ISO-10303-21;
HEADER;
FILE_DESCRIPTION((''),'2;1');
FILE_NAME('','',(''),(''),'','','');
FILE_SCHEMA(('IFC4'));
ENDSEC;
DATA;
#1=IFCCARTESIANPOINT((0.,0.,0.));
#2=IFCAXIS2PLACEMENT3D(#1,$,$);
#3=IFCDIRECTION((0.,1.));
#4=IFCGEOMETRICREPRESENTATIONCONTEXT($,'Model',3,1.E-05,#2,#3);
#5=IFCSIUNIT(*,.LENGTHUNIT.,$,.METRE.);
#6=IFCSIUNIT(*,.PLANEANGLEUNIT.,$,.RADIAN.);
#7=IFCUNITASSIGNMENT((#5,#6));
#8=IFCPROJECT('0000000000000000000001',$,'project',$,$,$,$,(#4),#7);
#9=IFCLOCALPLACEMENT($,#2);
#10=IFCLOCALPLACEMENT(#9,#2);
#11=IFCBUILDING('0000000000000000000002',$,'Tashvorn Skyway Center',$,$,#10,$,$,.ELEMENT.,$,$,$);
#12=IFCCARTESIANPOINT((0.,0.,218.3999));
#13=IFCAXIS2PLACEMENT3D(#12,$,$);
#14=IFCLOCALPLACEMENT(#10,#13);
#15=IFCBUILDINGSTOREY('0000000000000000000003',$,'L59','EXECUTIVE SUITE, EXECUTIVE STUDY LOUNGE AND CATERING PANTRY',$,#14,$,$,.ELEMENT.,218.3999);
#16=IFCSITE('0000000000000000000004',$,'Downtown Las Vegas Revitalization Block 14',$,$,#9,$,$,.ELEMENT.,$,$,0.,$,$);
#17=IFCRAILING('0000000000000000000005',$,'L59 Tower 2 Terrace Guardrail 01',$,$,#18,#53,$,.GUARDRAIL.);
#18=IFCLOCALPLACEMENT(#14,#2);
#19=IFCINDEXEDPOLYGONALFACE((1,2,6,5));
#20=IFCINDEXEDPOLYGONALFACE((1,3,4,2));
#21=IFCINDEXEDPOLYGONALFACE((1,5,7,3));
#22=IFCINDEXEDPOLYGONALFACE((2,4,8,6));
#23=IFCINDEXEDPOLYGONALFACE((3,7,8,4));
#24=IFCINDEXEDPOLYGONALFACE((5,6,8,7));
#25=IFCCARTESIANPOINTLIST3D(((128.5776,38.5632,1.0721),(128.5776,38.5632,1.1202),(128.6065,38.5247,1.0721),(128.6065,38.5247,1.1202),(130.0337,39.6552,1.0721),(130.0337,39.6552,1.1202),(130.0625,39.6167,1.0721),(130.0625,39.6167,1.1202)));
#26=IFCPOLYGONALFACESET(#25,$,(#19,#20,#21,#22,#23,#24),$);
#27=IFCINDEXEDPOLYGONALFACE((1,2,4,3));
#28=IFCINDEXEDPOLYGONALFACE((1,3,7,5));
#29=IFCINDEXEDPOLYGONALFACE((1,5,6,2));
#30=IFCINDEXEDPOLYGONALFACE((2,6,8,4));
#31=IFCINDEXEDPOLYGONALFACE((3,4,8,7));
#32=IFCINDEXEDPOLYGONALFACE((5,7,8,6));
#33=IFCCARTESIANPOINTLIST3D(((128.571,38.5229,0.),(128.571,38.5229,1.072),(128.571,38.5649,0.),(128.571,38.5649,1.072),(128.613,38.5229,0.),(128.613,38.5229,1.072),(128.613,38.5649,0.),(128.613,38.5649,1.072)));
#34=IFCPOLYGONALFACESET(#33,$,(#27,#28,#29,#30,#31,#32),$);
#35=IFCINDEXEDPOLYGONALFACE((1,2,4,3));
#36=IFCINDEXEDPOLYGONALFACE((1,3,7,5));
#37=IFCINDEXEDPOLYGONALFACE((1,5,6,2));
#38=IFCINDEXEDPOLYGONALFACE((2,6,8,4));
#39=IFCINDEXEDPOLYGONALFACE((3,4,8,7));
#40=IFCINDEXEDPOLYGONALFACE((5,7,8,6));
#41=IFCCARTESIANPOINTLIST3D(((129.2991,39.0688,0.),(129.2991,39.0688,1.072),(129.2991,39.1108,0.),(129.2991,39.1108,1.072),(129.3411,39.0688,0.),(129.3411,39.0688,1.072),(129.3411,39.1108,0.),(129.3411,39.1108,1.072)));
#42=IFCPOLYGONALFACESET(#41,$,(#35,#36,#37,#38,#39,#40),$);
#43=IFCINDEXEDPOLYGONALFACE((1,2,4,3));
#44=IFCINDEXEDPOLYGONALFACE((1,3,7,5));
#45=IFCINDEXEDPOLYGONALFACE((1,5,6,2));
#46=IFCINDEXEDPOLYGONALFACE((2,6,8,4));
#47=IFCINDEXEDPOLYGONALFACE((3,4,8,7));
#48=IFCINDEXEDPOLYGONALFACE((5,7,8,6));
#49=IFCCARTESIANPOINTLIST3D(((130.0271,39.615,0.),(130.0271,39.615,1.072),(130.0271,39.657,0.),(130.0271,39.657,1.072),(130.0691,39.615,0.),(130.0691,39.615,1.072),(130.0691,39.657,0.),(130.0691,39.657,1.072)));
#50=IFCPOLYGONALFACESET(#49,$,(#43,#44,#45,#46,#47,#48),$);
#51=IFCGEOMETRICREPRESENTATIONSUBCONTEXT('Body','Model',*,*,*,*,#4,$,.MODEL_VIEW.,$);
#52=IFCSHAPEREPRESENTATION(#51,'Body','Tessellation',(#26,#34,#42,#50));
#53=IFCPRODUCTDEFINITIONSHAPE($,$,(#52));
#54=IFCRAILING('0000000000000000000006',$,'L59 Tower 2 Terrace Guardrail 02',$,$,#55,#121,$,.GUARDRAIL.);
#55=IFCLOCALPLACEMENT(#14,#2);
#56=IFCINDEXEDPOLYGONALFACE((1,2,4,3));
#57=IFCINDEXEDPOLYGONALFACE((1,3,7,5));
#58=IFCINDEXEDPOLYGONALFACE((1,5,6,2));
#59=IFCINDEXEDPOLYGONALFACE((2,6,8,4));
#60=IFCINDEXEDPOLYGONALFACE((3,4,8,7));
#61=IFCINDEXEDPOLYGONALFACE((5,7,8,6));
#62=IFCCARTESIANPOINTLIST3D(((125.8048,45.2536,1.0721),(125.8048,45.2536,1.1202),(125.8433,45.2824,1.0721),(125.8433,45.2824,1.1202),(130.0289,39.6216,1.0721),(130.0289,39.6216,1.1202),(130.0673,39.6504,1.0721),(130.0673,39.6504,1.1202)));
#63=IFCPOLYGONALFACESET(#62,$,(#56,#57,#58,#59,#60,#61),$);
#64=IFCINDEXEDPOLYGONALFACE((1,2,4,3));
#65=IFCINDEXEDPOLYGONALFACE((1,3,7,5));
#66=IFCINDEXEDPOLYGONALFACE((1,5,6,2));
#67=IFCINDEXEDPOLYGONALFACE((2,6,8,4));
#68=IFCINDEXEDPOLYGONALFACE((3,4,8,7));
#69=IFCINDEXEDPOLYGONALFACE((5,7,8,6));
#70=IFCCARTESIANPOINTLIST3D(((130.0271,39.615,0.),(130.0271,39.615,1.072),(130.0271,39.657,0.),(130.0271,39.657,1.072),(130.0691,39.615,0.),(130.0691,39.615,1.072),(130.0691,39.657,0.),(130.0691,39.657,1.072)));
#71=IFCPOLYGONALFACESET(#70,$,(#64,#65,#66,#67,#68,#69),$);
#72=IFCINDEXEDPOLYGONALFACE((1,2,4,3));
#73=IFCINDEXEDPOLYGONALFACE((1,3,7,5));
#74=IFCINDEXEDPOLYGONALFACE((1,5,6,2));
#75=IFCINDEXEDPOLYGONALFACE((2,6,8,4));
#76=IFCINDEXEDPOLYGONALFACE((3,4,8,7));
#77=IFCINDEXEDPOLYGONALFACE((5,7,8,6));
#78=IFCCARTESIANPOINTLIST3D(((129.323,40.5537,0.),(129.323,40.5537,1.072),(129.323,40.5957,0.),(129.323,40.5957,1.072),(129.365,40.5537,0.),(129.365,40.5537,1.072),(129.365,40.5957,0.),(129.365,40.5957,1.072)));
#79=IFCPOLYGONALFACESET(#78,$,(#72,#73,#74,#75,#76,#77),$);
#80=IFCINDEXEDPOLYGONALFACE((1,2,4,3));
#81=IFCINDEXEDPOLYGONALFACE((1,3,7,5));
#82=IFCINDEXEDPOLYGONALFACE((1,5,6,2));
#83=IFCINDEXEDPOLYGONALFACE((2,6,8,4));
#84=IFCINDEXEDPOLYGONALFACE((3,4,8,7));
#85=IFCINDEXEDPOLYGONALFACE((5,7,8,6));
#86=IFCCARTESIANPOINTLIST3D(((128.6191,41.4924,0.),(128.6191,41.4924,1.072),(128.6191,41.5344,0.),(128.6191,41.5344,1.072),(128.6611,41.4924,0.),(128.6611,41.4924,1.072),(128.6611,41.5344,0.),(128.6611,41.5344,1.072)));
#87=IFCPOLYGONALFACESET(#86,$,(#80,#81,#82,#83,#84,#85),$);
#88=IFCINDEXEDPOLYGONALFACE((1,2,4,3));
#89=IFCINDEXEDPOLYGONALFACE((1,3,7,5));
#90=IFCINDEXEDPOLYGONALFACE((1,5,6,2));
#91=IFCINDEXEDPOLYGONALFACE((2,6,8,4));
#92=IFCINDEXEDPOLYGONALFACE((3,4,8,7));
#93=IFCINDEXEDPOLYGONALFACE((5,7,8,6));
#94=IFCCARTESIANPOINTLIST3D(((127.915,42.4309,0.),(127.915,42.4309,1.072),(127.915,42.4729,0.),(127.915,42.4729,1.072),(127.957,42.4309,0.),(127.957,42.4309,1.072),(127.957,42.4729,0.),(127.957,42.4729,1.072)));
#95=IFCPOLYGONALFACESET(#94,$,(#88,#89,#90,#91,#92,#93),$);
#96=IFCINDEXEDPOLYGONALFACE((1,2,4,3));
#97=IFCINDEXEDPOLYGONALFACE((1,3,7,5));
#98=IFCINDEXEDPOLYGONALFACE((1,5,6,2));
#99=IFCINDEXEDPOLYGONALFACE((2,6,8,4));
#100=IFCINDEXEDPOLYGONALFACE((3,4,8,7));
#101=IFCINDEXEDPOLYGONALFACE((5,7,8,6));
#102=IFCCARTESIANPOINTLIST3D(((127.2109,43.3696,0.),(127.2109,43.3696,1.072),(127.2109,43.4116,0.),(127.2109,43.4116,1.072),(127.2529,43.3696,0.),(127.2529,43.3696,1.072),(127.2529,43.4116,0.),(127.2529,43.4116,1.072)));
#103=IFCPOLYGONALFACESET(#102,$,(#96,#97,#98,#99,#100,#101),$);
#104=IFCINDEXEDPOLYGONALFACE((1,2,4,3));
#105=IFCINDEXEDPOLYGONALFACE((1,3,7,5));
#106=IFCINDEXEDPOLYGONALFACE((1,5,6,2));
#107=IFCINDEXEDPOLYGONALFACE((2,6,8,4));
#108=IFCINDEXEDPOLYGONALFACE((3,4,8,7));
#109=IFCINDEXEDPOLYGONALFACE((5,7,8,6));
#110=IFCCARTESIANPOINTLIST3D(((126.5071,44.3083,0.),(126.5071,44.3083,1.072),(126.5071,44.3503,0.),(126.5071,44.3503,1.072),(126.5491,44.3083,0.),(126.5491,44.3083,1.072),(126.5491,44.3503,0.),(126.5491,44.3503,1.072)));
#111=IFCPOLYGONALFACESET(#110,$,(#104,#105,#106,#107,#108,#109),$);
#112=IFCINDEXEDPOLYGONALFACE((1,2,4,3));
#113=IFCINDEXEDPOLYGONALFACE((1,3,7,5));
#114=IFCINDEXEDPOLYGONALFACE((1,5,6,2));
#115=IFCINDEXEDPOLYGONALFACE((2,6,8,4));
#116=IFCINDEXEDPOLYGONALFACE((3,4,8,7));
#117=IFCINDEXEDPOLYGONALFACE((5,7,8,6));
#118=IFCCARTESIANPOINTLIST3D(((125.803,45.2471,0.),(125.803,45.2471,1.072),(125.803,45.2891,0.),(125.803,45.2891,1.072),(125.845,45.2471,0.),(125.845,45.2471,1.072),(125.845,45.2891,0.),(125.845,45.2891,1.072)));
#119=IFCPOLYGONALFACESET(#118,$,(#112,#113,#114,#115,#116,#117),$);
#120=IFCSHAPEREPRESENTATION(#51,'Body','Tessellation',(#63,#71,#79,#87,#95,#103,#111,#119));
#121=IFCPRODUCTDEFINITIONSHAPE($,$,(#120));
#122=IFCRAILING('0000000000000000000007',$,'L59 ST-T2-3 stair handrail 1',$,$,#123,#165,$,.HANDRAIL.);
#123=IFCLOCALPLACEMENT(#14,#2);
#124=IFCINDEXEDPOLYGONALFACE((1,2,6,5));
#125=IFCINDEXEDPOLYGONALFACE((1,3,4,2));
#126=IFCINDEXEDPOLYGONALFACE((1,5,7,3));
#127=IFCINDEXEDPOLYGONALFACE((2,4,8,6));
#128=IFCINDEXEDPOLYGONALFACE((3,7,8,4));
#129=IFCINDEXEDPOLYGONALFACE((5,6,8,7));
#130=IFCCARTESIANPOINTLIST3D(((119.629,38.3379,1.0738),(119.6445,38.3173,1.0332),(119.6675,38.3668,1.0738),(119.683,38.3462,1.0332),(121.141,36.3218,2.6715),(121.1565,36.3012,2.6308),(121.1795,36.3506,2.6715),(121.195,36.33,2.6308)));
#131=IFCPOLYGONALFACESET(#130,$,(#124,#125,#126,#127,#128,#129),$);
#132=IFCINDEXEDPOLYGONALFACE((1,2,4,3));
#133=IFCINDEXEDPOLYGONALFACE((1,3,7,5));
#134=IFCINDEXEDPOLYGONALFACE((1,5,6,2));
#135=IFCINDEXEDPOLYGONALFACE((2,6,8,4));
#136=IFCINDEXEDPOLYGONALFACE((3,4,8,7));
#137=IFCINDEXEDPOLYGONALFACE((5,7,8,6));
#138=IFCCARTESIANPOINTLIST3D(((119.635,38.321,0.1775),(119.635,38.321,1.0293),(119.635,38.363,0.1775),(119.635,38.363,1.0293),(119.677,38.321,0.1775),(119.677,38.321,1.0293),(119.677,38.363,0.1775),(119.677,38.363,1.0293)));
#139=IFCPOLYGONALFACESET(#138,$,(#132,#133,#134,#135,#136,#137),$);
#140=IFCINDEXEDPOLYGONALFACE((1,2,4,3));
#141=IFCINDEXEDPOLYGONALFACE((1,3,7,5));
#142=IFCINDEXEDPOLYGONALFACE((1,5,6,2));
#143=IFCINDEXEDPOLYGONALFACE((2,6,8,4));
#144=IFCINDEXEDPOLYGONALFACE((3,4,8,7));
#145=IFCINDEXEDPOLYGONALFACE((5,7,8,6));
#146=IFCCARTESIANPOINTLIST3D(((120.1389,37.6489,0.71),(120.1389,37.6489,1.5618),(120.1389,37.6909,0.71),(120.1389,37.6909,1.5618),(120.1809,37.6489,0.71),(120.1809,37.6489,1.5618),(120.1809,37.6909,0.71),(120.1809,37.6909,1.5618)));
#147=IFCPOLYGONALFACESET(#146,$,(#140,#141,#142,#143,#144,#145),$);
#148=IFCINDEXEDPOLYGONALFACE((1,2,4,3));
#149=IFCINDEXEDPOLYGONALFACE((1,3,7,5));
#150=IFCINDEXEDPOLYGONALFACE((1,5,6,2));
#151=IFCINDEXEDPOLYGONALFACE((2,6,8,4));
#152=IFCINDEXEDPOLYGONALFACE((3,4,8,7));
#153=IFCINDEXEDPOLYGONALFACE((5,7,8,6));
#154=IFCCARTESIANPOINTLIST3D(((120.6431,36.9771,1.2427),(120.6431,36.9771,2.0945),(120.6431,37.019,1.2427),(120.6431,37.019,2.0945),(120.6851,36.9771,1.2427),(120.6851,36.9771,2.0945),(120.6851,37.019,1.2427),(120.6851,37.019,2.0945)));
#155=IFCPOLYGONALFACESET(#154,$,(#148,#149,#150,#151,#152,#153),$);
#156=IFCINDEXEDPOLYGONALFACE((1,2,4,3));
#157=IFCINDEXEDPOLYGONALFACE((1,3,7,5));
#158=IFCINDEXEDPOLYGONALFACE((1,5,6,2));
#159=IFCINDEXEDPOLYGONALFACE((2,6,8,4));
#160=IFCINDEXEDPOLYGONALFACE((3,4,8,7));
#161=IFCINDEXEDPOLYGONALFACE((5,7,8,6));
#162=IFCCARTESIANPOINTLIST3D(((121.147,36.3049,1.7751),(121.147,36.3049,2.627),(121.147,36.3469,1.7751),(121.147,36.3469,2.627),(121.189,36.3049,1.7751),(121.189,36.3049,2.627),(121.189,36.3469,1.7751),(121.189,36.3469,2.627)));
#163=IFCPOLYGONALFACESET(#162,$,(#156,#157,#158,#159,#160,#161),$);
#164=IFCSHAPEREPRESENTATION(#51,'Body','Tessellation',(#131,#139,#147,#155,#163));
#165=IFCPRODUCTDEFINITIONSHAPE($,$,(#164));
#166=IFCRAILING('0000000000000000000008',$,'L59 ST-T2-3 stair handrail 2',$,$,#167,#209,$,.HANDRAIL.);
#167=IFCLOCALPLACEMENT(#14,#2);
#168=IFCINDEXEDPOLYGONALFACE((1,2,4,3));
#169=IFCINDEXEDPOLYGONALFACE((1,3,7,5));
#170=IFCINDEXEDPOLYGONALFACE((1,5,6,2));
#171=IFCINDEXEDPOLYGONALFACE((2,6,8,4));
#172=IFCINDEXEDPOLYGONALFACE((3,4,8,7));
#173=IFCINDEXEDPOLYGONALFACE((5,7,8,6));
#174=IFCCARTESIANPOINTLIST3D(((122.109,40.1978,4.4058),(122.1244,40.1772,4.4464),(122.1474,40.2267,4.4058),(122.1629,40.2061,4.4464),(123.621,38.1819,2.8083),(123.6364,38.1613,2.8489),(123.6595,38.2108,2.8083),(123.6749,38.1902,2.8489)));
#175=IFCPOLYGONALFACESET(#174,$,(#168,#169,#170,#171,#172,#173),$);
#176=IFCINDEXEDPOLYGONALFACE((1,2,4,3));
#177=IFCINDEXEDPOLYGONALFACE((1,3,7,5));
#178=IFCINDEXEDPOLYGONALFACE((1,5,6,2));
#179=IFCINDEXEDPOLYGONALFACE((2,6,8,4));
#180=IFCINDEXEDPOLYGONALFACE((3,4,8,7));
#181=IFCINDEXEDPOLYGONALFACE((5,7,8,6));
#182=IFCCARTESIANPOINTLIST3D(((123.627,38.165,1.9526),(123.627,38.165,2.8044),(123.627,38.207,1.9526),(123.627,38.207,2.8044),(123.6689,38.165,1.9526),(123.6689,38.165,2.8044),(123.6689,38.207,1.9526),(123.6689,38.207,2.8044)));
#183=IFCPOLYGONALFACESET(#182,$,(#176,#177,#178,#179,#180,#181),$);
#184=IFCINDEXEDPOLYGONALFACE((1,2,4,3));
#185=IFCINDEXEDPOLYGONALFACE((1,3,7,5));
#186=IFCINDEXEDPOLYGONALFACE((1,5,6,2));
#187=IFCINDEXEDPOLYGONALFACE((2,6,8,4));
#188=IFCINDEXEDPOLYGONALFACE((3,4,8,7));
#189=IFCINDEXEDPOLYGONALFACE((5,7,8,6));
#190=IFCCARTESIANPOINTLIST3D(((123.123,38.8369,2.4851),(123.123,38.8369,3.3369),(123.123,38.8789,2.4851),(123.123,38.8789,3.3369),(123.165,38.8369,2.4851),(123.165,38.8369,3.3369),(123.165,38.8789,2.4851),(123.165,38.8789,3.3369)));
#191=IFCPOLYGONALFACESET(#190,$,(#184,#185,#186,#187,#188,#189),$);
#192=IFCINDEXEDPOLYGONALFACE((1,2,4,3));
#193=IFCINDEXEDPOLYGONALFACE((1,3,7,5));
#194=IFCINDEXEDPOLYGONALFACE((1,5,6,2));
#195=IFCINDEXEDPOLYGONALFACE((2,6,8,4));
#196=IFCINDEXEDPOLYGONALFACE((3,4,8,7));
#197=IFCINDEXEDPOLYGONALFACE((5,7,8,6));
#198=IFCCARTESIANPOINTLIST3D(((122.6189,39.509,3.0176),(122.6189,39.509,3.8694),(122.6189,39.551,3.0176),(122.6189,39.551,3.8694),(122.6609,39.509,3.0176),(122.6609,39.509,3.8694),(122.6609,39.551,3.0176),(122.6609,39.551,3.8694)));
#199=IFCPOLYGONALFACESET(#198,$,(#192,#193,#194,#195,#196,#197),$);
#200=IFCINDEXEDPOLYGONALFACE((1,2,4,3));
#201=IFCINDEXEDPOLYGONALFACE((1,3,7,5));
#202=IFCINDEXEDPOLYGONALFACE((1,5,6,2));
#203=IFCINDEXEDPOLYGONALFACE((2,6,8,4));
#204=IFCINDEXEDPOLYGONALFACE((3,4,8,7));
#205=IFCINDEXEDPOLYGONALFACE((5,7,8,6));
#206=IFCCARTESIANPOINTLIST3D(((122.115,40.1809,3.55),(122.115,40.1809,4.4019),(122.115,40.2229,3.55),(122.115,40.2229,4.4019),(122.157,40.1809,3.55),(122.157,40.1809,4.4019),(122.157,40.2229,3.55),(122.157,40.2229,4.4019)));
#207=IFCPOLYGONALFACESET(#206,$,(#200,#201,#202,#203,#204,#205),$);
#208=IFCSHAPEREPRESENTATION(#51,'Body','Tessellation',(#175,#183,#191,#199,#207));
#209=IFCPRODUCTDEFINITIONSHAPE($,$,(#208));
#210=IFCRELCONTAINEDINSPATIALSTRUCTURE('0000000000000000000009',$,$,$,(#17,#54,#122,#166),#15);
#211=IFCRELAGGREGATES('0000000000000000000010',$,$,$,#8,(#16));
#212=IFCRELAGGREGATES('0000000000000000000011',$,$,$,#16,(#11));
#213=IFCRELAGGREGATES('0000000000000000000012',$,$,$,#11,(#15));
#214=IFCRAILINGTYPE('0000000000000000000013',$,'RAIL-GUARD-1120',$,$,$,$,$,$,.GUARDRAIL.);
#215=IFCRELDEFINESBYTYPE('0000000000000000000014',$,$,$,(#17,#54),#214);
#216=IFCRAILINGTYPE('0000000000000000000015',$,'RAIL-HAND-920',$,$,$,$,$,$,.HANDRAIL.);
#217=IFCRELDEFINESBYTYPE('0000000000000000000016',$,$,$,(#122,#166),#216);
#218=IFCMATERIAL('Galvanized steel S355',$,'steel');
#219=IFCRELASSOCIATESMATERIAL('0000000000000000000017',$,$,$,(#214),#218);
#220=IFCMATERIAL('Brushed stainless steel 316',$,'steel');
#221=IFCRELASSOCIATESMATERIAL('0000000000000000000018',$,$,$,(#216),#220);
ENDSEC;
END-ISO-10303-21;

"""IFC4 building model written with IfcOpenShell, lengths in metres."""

from ifc_helpers import new_model, si_unit, direction, frame, origin, origin_2d, place, context, subcontext, project, spatial, rectangle, extrude, material, type_object, element, save


model = new_model("IFC4")

# Units and contexts
model_context = context("Model", 3, precision=1e-05, world=origin(), true_north=direction((0.0, 1.0)))
body_context = subcontext(model_context, "Body", "Model", "MODEL_VIEW")
ifc_project = project(units=[si_unit("LENGTHUNIT", "METRE"), si_unit("PLANEANGLEUNIT", "RADIAN")], contexts=[model_context])

# Site, building, storey
site_placement = place(None, origin())
site = spatial("IfcSite", under=ifc_project, at=site_placement, Name="Downtown Las Vegas Revitalization Block 14", CompositionType="ELEMENT", RefElevation=0.0)
building_placement = place(site_placement, origin())
building = spatial("IfcBuilding", under=site, at=building_placement, Name="Tashvorn Skyway Center", CompositionType="ELEMENT")
storey_placement = place(building_placement, frame((0.0, 0.0, 218.3999)))
storey = spatial("IfcBuildingStorey", under=building, at=storey_placement, Name="L59", Description="EXECUTIVE SUITE, EXECUTIVE STUDY LOUNGE AND CATERING PANTRY", CompositionType="ELEMENT", Elevation=218.3999)

# Railings
ifc_material_1 = material(Name="Galvanized steel S355", Category="steel")
railing_type_1 = type_object("IfcRailingType", Name="RAIL-GUARD-1120", PredefinedType="GUARDRAIL", material=ifc_material_1)
railing_1_placement = place(storey_placement, frame((128.592, 38.5439, 0.0)))
element("IfcRailing", 1, at=railing_1_placement, inside=storey, type_object=railing_type_1, Name="L59 Tower 2 Terrace Guardrail 01", PredefinedType="GUARDRAIL", context=body_context, shape_type="SweptSolid", body=[
    extrude(rectangle(XDim=0.0481, YDim=0.0481, at=origin_2d()), frame((0.0, 0.0, 1.0962), z_axis=(0.8, 0.6, 0.0), x_axis=(-0.6, 0.8, 0.0)), (0.0, 0.0, 1.0), 1.8201),
    extrude(rectangle(XDim=0.042, YDim=0.042, at=origin_2d()), origin(), (0.0, 0.0, 1.0), 1.072),
    extrude(rectangle(XDim=0.042, YDim=0.042, at=origin_2d()), frame((0.728, 0.5459, 0.0)), (0.0, 0.0, 1.0), 1.072),
    extrude(rectangle(XDim=0.042, YDim=0.042, at=origin_2d()), frame((1.4561, 1.092, 0.0)), (0.0, 0.0, 1.0), 1.072),
])
railing_2_placement = place(storey_placement, frame((130.0481, 39.636, 0.0)))
element("IfcRailing", 2, at=railing_2_placement, inside=storey, type_object=railing_type_1, Name="L59 Tower 2 Terrace Guardrail 02", PredefinedType="GUARDRAIL", context=body_context, shape_type="SweptSolid", body=[
    extrude(rectangle(XDim=0.0481, YDim=0.0481, at=origin_2d()), frame((0.0, 0.0, 1.0962), z_axis=(-0.600006, 0.799996, 0.0), x_axis=(-0.799996, -0.600006, 0.0)), (0.0, 0.0, 1.0), 7.04),
    extrude(rectangle(XDim=0.042, YDim=0.042, at=origin_2d()), origin(), (0.0, 0.0, 1.0), 1.072),
    extrude(rectangle(XDim=0.042, YDim=0.042, at=origin_2d()), frame((-0.7041, 0.9387, 0.0)), (0.0, 0.0, 1.0), 1.072),
    extrude(rectangle(XDim=0.042, YDim=0.042, at=origin_2d()), frame((-1.408, 1.8774, 0.0)), (0.0, 0.0, 1.0), 1.072),
    extrude(rectangle(XDim=0.042, YDim=0.042, at=origin_2d()), frame((-2.1121, 2.8159, 0.0)), (0.0, 0.0, 1.0), 1.072),
    extrude(rectangle(XDim=0.042, YDim=0.042, at=origin_2d()), frame((-2.8162, 3.7546, 0.0)), (0.0, 0.0, 1.0), 1.072),
    extrude(rectangle(XDim=0.042, YDim=0.042, at=origin_2d()), frame((-3.52, 4.6934, 0.0)), (0.0, 0.0, 1.0), 1.072),
    extrude(rectangle(XDim=0.042, YDim=0.042, at=origin_2d()), frame((-4.2241, 5.6321, 0.0)), (0.0, 0.0, 1.0), 1.072),
])
ifc_material_2 = material(Name="Brushed stainless steel 316", Category="steel")
railing_type_2 = type_object("IfcRailingType", Name="RAIL-HAND-920", PredefinedType="HANDRAIL", material=ifc_material_2)
railing_3_placement = place(storey_placement, frame((119.656, 38.342, 0.1775)))
element("IfcRailing", 3, at=railing_3_placement, inside=storey, type_object=railing_type_2, Name="L59 ST-T2-3 stair handrail 1", PredefinedType="HANDRAIL", context=body_context, shape_type="SweptSolid", body=[
    extrude(rectangle(XDim=0.0481, YDim=0.0481, at=origin_2d()), frame((0.0, 0.0, 0.876), z_axis=(0.506719, -0.675679, 0.535438), x_axis=(0.800023, 0.599969, 0.0)), (0.0, 0.0, 1.0), 2.9839),
    extrude(rectangle(XDim=0.042, YDim=0.042, at=origin_2d()), origin(), (0.0, 0.0, 1.0), 0.8518),
    extrude(rectangle(XDim=0.042, YDim=0.042, at=origin_2d()), frame((0.5039, -0.6721, 0.5325)), (0.0, 0.0, 1.0), 0.8518),
    extrude(rectangle(XDim=0.042, YDim=0.042, at=origin_2d()), frame((1.0081, -1.344, 1.0652)), (0.0, 0.0, 1.0), 0.8518),
    extrude(rectangle(XDim=0.042, YDim=0.042, at=origin_2d()), frame((1.512, -2.0161, 1.5977)), (0.0, 0.0, 1.0), 0.8518),
])
railing_4_placement = place(storey_placement, frame((123.6479, 38.186, 1.9526)))
element("IfcRailing", 4, at=railing_4_placement, inside=storey, type_object=railing_type_2, Name="L59 ST-T2-3 stair handrail 2", PredefinedType="HANDRAIL", context=body_context, shape_type="SweptSolid", body=[
    extrude(rectangle(XDim=0.0481, YDim=0.0481, at=origin_2d()), frame((0.0, 0.0, 0.876), z_axis=(-0.506769, 0.675664, 0.535409), x_axis=(-0.799988, -0.600016, 0.0)), (0.0, 0.0, 1.0), 2.9836),
    extrude(rectangle(XDim=0.042, YDim=0.042, at=origin_2d()), origin(), (0.0, 0.0, 1.0), 0.8518),
    extrude(rectangle(XDim=0.042, YDim=0.042, at=origin_2d()), frame((-0.5039, 0.6719, 0.5325)), (0.0, 0.0, 1.0), 0.8518),
    extrude(rectangle(XDim=0.042, YDim=0.042, at=origin_2d()), frame((-1.0081, 1.344, 1.0649)), (0.0, 0.0, 1.0), 0.8518),
    extrude(rectangle(XDim=0.042, YDim=0.042, at=origin_2d()), frame((-1.512, 2.0159, 1.5974)), (0.0, 0.0, 1.0), 0.8518),
])

save(model, "model.ifc")
